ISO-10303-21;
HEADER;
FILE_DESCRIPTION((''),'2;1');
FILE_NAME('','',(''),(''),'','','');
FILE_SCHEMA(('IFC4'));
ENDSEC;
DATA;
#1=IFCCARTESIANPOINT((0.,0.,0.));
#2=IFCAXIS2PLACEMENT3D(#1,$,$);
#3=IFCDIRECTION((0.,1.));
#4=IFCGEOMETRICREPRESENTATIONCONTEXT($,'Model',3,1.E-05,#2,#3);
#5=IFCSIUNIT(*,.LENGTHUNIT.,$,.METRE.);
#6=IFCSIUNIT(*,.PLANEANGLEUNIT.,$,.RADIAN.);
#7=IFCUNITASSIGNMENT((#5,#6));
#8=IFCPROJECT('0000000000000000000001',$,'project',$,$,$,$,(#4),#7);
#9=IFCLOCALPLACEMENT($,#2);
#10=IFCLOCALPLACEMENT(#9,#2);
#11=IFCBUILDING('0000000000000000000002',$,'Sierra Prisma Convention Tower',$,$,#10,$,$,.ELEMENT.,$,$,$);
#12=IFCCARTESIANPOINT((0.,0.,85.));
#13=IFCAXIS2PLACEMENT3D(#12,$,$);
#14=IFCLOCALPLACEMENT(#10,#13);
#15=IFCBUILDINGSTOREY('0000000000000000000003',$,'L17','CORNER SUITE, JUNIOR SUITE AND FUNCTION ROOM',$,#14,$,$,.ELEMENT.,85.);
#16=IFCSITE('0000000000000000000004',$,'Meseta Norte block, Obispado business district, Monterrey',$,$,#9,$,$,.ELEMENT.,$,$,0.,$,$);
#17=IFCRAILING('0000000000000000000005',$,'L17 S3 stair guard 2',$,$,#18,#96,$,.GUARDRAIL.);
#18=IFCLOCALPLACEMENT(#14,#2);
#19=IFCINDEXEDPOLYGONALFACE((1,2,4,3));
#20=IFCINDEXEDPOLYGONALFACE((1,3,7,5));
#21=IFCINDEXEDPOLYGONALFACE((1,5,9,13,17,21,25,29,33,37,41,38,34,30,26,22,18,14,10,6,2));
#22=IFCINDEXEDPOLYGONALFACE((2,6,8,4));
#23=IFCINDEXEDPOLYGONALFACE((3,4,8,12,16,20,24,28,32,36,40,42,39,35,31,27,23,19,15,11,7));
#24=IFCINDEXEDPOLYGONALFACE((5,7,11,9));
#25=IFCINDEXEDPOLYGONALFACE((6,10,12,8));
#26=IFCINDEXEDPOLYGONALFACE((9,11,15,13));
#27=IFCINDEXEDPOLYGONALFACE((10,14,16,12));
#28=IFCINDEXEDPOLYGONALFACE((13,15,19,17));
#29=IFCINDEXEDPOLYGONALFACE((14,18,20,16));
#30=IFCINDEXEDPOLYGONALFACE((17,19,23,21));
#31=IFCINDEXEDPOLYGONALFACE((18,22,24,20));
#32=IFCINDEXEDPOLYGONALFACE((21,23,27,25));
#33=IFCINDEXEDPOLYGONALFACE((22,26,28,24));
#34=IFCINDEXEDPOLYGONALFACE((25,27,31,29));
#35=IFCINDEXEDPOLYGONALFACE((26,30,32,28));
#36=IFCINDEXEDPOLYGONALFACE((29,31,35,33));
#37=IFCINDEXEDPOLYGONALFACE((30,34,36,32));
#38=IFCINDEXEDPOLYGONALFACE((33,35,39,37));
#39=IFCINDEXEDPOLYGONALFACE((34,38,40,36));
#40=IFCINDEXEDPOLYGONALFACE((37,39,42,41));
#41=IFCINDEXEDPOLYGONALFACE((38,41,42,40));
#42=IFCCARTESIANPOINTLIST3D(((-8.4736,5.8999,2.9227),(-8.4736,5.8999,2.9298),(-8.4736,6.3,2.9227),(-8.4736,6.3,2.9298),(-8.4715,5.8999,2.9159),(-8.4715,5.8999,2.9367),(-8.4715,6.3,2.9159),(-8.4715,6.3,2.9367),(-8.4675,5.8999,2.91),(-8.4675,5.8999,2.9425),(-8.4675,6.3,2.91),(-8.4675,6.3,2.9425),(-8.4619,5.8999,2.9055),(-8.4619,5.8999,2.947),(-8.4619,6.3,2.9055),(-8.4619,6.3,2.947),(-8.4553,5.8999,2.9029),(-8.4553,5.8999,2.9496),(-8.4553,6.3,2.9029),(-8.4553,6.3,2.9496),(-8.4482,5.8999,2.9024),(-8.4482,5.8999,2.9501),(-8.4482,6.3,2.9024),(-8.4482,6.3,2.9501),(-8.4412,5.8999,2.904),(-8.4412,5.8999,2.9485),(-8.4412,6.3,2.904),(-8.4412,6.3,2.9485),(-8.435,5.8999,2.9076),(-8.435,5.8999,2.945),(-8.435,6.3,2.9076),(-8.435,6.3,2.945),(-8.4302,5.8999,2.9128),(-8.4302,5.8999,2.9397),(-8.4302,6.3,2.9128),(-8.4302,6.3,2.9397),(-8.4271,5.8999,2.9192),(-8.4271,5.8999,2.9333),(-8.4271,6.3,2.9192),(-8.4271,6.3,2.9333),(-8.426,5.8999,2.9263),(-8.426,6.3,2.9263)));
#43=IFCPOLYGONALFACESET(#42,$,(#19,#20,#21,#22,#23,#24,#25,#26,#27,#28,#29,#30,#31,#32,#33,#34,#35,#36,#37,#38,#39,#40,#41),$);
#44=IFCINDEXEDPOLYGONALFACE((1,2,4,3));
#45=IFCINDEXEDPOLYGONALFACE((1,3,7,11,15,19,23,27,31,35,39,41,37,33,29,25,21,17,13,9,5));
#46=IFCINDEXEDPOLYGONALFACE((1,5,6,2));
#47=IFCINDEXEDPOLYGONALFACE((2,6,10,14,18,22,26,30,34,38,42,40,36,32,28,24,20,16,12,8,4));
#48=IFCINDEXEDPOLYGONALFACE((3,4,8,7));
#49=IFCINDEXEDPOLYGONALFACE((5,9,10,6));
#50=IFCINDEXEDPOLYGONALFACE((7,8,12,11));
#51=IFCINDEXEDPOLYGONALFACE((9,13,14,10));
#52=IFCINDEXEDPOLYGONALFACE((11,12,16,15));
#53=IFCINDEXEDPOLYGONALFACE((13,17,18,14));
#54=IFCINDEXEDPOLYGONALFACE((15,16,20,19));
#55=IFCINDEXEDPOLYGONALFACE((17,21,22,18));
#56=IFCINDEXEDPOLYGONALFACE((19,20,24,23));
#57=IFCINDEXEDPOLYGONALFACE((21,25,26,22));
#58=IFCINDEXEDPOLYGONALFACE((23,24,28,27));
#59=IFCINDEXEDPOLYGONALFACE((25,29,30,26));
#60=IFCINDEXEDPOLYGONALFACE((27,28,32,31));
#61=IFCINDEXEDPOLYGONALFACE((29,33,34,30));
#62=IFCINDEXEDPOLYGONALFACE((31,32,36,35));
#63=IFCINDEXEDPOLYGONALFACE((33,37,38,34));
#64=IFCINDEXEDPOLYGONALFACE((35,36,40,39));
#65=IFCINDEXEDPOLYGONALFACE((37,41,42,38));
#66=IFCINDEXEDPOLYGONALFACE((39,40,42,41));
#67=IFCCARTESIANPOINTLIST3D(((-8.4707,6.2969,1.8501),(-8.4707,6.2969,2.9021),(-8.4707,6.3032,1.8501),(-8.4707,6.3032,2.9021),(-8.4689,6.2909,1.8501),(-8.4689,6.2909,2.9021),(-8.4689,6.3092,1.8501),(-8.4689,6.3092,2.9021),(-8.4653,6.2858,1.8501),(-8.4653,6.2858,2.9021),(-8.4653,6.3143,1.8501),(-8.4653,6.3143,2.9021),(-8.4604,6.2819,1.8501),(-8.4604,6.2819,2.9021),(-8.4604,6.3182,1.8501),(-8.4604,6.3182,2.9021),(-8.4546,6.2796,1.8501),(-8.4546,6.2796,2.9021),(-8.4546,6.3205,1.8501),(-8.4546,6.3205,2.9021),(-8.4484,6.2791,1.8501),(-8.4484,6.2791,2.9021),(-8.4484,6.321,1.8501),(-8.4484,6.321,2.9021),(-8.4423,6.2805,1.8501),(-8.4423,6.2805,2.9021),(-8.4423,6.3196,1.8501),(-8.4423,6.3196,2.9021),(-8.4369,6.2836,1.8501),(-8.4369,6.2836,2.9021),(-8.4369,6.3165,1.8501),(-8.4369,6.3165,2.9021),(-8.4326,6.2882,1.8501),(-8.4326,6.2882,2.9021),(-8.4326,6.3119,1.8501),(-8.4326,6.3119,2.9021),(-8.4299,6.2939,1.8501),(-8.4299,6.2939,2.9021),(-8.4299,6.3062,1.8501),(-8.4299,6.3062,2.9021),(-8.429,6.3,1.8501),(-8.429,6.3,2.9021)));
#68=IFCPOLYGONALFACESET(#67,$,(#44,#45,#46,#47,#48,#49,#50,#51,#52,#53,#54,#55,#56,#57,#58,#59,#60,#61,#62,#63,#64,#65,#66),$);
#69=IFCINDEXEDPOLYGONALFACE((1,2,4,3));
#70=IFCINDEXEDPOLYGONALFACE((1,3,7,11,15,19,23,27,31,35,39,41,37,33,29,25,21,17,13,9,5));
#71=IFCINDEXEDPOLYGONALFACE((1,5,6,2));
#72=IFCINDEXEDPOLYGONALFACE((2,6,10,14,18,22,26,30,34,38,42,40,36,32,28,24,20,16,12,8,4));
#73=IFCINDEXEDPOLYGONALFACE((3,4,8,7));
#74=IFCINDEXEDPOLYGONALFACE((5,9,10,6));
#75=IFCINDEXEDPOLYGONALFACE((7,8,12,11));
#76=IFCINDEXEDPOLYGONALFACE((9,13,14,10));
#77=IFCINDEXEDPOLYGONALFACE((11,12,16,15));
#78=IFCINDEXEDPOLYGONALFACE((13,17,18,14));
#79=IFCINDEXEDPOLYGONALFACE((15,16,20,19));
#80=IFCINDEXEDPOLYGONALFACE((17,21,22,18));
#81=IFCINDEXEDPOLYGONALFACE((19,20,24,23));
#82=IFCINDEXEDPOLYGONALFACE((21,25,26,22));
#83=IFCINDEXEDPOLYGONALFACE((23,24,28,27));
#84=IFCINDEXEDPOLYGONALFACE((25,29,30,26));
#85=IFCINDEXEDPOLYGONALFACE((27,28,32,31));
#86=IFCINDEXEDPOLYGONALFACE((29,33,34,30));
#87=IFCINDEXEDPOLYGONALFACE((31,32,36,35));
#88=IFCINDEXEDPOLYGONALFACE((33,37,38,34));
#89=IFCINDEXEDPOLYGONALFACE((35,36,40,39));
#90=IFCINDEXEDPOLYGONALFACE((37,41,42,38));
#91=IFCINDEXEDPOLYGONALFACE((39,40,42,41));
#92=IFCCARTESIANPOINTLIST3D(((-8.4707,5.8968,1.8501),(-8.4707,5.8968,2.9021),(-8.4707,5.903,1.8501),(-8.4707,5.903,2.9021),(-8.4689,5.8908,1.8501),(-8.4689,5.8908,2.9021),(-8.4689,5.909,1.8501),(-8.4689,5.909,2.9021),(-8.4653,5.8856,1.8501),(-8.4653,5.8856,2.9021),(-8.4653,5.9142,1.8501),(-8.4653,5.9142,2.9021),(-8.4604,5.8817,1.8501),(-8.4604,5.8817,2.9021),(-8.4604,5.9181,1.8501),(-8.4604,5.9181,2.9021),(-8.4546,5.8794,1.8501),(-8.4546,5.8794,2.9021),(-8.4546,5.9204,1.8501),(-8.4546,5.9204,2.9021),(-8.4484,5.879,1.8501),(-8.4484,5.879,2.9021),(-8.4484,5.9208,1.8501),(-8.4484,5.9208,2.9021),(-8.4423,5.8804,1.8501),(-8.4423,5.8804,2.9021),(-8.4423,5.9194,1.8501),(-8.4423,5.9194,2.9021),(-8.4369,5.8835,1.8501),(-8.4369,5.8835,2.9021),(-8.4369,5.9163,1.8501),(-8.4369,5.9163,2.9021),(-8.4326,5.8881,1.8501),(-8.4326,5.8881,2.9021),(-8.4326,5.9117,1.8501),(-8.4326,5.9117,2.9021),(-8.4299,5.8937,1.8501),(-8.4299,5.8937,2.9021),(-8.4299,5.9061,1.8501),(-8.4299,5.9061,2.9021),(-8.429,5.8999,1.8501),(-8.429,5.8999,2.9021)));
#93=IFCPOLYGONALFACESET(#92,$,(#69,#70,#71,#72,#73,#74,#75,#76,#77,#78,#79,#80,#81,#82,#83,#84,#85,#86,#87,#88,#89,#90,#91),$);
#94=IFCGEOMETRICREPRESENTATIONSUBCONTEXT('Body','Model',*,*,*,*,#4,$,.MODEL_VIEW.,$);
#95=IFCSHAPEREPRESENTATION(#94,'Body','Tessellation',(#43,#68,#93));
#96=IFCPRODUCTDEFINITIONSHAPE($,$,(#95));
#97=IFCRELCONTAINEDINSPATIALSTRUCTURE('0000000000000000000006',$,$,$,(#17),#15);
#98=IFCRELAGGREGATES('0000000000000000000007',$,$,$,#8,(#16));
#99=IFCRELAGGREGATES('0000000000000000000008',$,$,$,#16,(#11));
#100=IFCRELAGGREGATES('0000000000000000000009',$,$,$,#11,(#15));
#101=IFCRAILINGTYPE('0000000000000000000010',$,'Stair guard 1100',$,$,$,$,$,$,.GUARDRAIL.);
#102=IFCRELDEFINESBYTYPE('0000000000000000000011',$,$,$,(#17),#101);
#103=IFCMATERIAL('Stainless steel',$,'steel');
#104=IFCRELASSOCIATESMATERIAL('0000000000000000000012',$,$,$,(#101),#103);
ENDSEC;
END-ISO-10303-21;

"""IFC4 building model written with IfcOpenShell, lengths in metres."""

from ifc_helpers import new_model, si_unit, direction, frame, origin, origin_2d, place, context, subcontext, project, spatial, circle, extrude, material, type_object, element, save


model = new_model("IFC4")

# Units and contexts
model_context = context("Model", 3, precision=1e-05, world=origin(), true_north=direction((0.0, 1.0)))
body_context = subcontext(model_context, "Body", "Model", "MODEL_VIEW")
ifc_project = project(units=[si_unit("LENGTHUNIT", "METRE"), si_unit("PLANEANGLEUNIT", "RADIAN")], contexts=[model_context])

# Site, building, storey
site_placement = place(None, origin())
site = spatial("IfcSite", under=ifc_project, at=site_placement, Name="Meseta Norte block, Obispado business district, Monterrey", CompositionType="ELEMENT", RefElevation=0.0)
building_placement = place(site_placement, origin())
building = spatial("IfcBuilding", under=site, at=building_placement, Name="Sierra Prisma Convention Tower", CompositionType="ELEMENT")
storey_placement = place(building_placement, frame((0.0, 0.0, 85.0)))
storey = spatial("IfcBuildingStorey", under=building, at=storey_placement, Name="L17", Description="CORNER SUITE, JUNIOR SUITE AND FUNCTION ROOM", CompositionType="ELEMENT", Elevation=85.0)

# Railing
ifc_material_1 = material(Name="Stainless steel", Category="steel")
railing_type_1 = type_object("IfcRailingType", Name="Stair guard 1100", PredefinedType="GUARDRAIL", material=ifc_material_1)
railing_1_placement = place(storey_placement, frame((-8.45, 6.3, 1.8501)))
element("IfcRailing", 1, at=railing_1_placement, inside=storey, type_object=railing_type_1, Name="L17 S3 stair guard 2", PredefinedType="GUARDRAIL", context=body_context, shape_type="SweptSolid", body=[
    extrude(circle(Radius=0.0239, at=origin_2d()), frame((0.0, 0.0, 1.0762), z_axis=(0.0, -1.0, 0.0), x_axis=(1.0, 0.0, 0.0)), (0.0, 0.0, 1.0), 0.4001),
    extrude(circle(Radius=0.021, at=origin_2d()), origin(), (0.0, 0.0, 1.0), 1.052),
    extrude(circle(Radius=0.021, at=origin_2d()), frame((0.0, -0.4001, 0.0)), (0.0, 0.0, 1.0), 1.052),
])

save(model, "model.ifc")
